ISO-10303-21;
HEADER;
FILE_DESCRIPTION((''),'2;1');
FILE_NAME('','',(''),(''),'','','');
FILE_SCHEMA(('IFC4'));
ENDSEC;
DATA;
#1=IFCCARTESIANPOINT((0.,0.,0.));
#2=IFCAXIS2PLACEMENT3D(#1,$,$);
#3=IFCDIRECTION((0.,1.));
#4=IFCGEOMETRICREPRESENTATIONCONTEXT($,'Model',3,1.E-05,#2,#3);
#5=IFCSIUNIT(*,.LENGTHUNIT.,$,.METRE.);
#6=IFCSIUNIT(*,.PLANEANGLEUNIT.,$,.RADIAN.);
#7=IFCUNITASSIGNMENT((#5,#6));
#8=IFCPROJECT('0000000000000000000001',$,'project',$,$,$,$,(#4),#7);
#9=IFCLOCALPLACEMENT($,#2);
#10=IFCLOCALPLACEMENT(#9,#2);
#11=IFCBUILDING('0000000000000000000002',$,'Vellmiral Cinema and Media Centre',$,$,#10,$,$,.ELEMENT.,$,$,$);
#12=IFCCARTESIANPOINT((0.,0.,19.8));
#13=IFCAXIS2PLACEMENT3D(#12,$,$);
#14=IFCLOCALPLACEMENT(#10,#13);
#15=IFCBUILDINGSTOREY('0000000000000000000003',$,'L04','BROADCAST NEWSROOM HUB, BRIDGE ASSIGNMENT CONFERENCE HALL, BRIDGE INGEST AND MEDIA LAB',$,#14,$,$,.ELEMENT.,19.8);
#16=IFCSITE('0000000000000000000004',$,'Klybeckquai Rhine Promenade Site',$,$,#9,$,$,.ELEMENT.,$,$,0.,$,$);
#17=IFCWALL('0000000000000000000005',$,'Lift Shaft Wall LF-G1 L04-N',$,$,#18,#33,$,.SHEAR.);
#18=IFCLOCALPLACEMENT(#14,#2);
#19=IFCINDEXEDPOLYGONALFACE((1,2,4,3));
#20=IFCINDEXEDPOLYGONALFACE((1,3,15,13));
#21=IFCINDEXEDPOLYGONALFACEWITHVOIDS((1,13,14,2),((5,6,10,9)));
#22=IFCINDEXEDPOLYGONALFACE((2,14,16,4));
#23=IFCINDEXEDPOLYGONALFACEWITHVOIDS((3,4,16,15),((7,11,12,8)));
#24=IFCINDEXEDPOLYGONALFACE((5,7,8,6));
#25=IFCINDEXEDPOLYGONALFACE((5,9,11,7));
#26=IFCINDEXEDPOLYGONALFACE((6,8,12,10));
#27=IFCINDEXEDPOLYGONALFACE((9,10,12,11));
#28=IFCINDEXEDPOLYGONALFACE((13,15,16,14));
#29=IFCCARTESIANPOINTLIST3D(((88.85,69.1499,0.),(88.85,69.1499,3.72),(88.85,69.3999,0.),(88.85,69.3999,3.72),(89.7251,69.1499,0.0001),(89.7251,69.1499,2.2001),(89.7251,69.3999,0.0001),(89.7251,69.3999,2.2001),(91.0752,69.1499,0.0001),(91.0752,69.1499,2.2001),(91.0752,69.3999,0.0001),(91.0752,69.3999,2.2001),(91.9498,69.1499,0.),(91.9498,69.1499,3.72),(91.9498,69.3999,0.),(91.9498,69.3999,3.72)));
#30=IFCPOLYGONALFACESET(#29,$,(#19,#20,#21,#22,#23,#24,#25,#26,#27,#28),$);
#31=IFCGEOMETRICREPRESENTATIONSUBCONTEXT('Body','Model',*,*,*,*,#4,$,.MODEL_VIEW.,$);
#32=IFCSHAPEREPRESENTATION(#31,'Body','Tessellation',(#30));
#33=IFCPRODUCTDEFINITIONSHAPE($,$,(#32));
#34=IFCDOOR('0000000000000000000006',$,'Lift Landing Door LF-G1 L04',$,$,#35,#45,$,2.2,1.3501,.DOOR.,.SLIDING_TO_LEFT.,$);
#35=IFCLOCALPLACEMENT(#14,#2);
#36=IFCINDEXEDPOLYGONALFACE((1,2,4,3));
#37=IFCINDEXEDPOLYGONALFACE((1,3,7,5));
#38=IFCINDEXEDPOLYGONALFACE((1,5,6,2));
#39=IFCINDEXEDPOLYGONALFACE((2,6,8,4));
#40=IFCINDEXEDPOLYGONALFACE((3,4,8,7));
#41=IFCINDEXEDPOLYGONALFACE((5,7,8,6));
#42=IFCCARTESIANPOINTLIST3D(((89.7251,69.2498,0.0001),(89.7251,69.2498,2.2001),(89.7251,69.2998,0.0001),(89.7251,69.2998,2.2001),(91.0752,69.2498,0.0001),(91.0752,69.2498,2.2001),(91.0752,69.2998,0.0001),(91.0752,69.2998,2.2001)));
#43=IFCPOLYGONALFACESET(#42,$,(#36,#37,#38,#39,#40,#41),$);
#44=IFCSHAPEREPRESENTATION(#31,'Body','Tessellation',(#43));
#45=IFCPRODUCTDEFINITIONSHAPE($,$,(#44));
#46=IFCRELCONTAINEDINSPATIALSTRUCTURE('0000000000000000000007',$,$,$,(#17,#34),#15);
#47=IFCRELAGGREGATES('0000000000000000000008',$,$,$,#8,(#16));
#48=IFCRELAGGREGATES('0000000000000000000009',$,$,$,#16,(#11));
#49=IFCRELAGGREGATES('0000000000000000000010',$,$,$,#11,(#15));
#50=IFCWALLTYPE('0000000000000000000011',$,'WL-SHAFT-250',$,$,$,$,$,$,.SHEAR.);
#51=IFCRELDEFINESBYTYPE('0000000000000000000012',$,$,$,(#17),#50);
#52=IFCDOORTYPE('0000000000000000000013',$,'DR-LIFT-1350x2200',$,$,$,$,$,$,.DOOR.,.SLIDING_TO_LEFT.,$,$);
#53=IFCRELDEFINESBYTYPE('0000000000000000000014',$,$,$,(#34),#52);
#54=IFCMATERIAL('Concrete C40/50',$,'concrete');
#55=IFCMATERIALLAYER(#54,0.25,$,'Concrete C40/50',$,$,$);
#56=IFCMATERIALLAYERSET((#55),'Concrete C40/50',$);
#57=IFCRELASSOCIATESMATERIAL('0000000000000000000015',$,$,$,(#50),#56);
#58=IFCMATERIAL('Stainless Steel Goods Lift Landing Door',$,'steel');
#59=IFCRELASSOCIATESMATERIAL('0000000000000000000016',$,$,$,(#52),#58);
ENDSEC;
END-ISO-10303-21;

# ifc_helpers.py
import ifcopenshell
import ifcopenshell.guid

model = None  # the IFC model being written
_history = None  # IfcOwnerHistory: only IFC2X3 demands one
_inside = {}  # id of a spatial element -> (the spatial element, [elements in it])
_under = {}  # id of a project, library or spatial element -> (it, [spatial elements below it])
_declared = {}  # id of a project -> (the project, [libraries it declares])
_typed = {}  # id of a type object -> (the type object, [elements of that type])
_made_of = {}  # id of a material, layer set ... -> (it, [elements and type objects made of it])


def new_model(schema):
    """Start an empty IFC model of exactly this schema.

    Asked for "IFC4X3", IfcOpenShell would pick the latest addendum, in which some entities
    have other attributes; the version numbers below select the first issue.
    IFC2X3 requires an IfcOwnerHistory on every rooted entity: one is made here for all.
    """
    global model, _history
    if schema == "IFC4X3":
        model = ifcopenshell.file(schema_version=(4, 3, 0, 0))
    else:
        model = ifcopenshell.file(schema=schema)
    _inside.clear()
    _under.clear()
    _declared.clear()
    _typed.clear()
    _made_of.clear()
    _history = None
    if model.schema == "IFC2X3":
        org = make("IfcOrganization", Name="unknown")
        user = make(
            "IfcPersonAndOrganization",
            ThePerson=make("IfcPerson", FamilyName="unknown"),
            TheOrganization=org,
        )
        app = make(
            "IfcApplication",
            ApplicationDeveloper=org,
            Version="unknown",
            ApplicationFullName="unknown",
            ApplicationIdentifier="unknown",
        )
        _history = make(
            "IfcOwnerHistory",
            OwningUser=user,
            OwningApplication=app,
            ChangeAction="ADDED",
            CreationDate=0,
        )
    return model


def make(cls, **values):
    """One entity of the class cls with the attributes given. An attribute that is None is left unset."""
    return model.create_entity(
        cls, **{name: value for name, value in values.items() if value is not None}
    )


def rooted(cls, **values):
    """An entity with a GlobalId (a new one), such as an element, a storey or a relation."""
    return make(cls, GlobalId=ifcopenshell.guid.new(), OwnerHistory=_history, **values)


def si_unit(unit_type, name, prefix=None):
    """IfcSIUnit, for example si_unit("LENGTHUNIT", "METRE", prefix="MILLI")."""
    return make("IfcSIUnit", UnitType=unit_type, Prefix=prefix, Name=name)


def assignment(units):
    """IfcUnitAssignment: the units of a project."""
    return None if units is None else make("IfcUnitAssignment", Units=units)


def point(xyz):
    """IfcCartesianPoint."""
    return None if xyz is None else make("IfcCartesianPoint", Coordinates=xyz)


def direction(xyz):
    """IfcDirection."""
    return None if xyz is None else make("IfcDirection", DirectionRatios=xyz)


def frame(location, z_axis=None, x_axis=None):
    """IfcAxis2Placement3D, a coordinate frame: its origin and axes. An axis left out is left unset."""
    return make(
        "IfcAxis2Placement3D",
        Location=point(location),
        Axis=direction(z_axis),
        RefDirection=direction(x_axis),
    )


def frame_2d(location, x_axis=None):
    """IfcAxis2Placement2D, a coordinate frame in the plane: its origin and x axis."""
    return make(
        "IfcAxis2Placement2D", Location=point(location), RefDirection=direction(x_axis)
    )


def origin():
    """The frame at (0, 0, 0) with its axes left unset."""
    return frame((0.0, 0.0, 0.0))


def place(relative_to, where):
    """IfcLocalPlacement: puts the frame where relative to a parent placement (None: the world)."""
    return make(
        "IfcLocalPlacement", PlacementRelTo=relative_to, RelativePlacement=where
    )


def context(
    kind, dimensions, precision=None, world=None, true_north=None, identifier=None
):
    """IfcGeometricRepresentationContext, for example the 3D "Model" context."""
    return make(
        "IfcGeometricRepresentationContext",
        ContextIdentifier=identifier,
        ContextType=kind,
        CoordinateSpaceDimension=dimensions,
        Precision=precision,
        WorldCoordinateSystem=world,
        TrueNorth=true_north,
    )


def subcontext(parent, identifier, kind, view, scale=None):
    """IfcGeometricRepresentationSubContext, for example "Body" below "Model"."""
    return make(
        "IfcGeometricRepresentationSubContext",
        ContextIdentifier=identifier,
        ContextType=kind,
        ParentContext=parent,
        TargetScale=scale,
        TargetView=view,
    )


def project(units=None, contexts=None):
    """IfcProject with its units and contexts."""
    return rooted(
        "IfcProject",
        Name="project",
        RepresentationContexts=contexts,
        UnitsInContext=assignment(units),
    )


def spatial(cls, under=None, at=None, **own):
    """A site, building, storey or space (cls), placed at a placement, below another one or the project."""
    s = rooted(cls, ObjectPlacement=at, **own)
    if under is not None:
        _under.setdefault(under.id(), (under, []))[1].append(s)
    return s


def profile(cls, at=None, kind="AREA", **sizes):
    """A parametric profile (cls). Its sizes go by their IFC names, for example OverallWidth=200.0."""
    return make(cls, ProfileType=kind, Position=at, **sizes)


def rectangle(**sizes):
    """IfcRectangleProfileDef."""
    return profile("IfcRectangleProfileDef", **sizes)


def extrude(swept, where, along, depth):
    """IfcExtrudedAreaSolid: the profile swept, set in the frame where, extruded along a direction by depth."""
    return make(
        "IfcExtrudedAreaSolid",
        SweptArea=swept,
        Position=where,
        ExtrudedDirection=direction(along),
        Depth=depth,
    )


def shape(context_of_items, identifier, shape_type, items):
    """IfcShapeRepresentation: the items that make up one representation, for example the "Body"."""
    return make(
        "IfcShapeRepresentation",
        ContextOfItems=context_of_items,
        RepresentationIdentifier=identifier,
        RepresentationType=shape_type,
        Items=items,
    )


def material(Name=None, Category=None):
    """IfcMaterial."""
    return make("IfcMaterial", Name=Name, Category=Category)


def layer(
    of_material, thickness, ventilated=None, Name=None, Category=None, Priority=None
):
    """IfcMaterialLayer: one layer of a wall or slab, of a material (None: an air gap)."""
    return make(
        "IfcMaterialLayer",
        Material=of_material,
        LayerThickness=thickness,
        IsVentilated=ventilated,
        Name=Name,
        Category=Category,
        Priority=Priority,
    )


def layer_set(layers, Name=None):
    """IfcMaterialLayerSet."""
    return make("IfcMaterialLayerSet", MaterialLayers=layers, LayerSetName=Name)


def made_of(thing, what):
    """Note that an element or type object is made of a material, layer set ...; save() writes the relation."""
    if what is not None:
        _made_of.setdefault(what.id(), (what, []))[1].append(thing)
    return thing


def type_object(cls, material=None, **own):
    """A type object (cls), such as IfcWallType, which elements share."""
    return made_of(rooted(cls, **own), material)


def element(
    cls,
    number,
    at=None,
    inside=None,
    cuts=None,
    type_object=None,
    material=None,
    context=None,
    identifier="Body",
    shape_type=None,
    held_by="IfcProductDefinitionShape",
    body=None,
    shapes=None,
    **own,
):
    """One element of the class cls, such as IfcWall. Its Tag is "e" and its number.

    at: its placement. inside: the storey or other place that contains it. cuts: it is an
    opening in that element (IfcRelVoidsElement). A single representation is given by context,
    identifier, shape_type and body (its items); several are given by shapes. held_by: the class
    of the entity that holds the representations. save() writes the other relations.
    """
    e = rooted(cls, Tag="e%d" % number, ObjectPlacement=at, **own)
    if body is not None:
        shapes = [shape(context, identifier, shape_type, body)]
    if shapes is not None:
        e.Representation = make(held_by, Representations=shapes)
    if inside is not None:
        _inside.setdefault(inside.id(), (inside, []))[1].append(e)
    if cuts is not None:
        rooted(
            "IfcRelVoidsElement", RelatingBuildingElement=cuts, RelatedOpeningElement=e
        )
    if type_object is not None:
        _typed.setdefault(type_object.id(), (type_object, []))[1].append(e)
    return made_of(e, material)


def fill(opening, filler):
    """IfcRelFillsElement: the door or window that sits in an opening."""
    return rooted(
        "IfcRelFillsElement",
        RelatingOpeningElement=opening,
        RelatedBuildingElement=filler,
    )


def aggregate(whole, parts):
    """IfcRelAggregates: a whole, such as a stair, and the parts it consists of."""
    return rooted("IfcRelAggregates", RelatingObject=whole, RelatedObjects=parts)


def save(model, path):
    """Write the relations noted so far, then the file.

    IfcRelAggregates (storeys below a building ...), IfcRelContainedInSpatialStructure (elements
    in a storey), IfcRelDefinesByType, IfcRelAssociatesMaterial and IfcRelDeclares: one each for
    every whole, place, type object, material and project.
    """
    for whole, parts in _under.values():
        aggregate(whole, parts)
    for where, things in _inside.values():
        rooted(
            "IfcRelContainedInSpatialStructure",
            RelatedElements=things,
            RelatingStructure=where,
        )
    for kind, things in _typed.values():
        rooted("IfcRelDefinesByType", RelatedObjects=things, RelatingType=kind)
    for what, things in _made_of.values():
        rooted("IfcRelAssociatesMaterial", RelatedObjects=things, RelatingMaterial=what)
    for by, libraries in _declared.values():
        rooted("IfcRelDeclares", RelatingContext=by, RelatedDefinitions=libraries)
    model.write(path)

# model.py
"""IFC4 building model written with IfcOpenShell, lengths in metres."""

from ifc_helpers import new_model, si_unit, direction, frame, frame_2d, origin, place, context, subcontext, project, spatial, rectangle, extrude, material, layer, layer_set, type_object, element, fill, save


model = new_model("IFC4")

# Units and contexts
model_context = context("Model", 3, precision=1e-05, world=origin(), true_north=direction((0.0, 1.0)))
body_context = subcontext(model_context, "Body", "Model", "MODEL_VIEW")
ifc_project = project(units=[si_unit("LENGTHUNIT", "METRE"), si_unit("PLANEANGLEUNIT", "RADIAN")], contexts=[model_context])

# Site, building, storey
site_placement = place(None, origin())
site = spatial("IfcSite", under=ifc_project, at=site_placement, Name="Klybeckquai Rhine Promenade Site", CompositionType="ELEMENT", RefElevation=0.0)
building_placement = place(site_placement, origin())
building = spatial("IfcBuilding", under=site, at=building_placement, Name="Vellmiral Cinema and Media Centre", CompositionType="ELEMENT")
storey_placement = place(building_placement, frame((0.0, 0.0, 19.8)))
storey = spatial("IfcBuildingStorey", under=building, at=storey_placement, Name="L04", Description="BROADCAST NEWSROOM HUB, BRIDGE ASSIGNMENT CONFERENCE HALL, BRIDGE INGEST AND MEDIA LAB", CompositionType="ELEMENT", Elevation=19.8)

# Wall, opening, door
ifc_material_1 = material(Name="Concrete C40/50", Category="concrete")
ifc_layer_1 = layer(ifc_material_1, 0.25, Name="Concrete C40/50")
ifc_layer_set_1 = layer_set([ifc_layer_1], Name="Concrete C40/50")
wall_type_1 = type_object("IfcWallType", Name="WL-SHAFT-250", PredefinedType="SHEAR", material=ifc_layer_set_1)
wall_1_placement = place(storey_placement, frame((88.8501, 69.2749, 0.0), z_axis=(0.0, 0.0, 1.0), x_axis=(1.0, 0.0, 0.0)))
wall_1 = element("IfcWall", 1, at=wall_1_placement, inside=storey, type_object=wall_type_1, Name="Lift Shaft Wall LF-G1 L04-N", PredefinedType="SHEAR", context=body_context, shape_type="SweptSolid", body=[
    extrude(rectangle(XDim=3.0999, YDim=0.25, at=frame_2d((1.5498, 0.0))), origin(), (0.0, 0.0, 1.0), 3.72),
])
opening_1_placement = place(wall_1_placement, frame((0.875, 0.0, 0.0)))
opening_1 = element("IfcOpeningElement", 2, at=opening_1_placement, cuts=wall_1, PredefinedType="OPENING", context=body_context, shape_type="SweptSolid", body=[
    extrude(rectangle(XDim=1.3501, YDim=2.2, at=frame_2d((0.675, 1.1001))), frame((0.0, 0.137, 0.0), z_axis=(0.0, -1.0, 0.0), x_axis=(1.0, 0.0, 0.0)), (0.0, 0.0, 1.0), 0.2739),
])
ifc_material_2 = material(Name="Stainless Steel Goods Lift Landing Door", Category="steel")
door_type_1 = type_object("IfcDoorType", Name="DR-LIFT-1350x2200", OperationType="SLIDING_TO_LEFT", PredefinedType="DOOR", material=ifc_material_2)
door_1_placement = place(opening_1_placement, origin())
door_1 = element("IfcDoor", 3, at=door_1_placement, inside=storey, type_object=door_type_1, Name="Lift Landing Door LF-G1 L04", OperationType="SLIDING_TO_LEFT", OverallHeight=2.2, OverallWidth=1.3501, PredefinedType="DOOR", context=body_context, shape_type="SweptSolid", body=[
    extrude(rectangle(XDim=1.3501, YDim=2.2, at=frame_2d((0.675, 1.1001))), frame((0.0, 0.0249, 0.0), z_axis=(0.0, -1.0, 0.0), x_axis=(1.0, 0.0, 0.0)), (0.0, 0.0, 1.0), 0.05),
])
fill(opening_1, door_1)

save(model, "model.ifc")
